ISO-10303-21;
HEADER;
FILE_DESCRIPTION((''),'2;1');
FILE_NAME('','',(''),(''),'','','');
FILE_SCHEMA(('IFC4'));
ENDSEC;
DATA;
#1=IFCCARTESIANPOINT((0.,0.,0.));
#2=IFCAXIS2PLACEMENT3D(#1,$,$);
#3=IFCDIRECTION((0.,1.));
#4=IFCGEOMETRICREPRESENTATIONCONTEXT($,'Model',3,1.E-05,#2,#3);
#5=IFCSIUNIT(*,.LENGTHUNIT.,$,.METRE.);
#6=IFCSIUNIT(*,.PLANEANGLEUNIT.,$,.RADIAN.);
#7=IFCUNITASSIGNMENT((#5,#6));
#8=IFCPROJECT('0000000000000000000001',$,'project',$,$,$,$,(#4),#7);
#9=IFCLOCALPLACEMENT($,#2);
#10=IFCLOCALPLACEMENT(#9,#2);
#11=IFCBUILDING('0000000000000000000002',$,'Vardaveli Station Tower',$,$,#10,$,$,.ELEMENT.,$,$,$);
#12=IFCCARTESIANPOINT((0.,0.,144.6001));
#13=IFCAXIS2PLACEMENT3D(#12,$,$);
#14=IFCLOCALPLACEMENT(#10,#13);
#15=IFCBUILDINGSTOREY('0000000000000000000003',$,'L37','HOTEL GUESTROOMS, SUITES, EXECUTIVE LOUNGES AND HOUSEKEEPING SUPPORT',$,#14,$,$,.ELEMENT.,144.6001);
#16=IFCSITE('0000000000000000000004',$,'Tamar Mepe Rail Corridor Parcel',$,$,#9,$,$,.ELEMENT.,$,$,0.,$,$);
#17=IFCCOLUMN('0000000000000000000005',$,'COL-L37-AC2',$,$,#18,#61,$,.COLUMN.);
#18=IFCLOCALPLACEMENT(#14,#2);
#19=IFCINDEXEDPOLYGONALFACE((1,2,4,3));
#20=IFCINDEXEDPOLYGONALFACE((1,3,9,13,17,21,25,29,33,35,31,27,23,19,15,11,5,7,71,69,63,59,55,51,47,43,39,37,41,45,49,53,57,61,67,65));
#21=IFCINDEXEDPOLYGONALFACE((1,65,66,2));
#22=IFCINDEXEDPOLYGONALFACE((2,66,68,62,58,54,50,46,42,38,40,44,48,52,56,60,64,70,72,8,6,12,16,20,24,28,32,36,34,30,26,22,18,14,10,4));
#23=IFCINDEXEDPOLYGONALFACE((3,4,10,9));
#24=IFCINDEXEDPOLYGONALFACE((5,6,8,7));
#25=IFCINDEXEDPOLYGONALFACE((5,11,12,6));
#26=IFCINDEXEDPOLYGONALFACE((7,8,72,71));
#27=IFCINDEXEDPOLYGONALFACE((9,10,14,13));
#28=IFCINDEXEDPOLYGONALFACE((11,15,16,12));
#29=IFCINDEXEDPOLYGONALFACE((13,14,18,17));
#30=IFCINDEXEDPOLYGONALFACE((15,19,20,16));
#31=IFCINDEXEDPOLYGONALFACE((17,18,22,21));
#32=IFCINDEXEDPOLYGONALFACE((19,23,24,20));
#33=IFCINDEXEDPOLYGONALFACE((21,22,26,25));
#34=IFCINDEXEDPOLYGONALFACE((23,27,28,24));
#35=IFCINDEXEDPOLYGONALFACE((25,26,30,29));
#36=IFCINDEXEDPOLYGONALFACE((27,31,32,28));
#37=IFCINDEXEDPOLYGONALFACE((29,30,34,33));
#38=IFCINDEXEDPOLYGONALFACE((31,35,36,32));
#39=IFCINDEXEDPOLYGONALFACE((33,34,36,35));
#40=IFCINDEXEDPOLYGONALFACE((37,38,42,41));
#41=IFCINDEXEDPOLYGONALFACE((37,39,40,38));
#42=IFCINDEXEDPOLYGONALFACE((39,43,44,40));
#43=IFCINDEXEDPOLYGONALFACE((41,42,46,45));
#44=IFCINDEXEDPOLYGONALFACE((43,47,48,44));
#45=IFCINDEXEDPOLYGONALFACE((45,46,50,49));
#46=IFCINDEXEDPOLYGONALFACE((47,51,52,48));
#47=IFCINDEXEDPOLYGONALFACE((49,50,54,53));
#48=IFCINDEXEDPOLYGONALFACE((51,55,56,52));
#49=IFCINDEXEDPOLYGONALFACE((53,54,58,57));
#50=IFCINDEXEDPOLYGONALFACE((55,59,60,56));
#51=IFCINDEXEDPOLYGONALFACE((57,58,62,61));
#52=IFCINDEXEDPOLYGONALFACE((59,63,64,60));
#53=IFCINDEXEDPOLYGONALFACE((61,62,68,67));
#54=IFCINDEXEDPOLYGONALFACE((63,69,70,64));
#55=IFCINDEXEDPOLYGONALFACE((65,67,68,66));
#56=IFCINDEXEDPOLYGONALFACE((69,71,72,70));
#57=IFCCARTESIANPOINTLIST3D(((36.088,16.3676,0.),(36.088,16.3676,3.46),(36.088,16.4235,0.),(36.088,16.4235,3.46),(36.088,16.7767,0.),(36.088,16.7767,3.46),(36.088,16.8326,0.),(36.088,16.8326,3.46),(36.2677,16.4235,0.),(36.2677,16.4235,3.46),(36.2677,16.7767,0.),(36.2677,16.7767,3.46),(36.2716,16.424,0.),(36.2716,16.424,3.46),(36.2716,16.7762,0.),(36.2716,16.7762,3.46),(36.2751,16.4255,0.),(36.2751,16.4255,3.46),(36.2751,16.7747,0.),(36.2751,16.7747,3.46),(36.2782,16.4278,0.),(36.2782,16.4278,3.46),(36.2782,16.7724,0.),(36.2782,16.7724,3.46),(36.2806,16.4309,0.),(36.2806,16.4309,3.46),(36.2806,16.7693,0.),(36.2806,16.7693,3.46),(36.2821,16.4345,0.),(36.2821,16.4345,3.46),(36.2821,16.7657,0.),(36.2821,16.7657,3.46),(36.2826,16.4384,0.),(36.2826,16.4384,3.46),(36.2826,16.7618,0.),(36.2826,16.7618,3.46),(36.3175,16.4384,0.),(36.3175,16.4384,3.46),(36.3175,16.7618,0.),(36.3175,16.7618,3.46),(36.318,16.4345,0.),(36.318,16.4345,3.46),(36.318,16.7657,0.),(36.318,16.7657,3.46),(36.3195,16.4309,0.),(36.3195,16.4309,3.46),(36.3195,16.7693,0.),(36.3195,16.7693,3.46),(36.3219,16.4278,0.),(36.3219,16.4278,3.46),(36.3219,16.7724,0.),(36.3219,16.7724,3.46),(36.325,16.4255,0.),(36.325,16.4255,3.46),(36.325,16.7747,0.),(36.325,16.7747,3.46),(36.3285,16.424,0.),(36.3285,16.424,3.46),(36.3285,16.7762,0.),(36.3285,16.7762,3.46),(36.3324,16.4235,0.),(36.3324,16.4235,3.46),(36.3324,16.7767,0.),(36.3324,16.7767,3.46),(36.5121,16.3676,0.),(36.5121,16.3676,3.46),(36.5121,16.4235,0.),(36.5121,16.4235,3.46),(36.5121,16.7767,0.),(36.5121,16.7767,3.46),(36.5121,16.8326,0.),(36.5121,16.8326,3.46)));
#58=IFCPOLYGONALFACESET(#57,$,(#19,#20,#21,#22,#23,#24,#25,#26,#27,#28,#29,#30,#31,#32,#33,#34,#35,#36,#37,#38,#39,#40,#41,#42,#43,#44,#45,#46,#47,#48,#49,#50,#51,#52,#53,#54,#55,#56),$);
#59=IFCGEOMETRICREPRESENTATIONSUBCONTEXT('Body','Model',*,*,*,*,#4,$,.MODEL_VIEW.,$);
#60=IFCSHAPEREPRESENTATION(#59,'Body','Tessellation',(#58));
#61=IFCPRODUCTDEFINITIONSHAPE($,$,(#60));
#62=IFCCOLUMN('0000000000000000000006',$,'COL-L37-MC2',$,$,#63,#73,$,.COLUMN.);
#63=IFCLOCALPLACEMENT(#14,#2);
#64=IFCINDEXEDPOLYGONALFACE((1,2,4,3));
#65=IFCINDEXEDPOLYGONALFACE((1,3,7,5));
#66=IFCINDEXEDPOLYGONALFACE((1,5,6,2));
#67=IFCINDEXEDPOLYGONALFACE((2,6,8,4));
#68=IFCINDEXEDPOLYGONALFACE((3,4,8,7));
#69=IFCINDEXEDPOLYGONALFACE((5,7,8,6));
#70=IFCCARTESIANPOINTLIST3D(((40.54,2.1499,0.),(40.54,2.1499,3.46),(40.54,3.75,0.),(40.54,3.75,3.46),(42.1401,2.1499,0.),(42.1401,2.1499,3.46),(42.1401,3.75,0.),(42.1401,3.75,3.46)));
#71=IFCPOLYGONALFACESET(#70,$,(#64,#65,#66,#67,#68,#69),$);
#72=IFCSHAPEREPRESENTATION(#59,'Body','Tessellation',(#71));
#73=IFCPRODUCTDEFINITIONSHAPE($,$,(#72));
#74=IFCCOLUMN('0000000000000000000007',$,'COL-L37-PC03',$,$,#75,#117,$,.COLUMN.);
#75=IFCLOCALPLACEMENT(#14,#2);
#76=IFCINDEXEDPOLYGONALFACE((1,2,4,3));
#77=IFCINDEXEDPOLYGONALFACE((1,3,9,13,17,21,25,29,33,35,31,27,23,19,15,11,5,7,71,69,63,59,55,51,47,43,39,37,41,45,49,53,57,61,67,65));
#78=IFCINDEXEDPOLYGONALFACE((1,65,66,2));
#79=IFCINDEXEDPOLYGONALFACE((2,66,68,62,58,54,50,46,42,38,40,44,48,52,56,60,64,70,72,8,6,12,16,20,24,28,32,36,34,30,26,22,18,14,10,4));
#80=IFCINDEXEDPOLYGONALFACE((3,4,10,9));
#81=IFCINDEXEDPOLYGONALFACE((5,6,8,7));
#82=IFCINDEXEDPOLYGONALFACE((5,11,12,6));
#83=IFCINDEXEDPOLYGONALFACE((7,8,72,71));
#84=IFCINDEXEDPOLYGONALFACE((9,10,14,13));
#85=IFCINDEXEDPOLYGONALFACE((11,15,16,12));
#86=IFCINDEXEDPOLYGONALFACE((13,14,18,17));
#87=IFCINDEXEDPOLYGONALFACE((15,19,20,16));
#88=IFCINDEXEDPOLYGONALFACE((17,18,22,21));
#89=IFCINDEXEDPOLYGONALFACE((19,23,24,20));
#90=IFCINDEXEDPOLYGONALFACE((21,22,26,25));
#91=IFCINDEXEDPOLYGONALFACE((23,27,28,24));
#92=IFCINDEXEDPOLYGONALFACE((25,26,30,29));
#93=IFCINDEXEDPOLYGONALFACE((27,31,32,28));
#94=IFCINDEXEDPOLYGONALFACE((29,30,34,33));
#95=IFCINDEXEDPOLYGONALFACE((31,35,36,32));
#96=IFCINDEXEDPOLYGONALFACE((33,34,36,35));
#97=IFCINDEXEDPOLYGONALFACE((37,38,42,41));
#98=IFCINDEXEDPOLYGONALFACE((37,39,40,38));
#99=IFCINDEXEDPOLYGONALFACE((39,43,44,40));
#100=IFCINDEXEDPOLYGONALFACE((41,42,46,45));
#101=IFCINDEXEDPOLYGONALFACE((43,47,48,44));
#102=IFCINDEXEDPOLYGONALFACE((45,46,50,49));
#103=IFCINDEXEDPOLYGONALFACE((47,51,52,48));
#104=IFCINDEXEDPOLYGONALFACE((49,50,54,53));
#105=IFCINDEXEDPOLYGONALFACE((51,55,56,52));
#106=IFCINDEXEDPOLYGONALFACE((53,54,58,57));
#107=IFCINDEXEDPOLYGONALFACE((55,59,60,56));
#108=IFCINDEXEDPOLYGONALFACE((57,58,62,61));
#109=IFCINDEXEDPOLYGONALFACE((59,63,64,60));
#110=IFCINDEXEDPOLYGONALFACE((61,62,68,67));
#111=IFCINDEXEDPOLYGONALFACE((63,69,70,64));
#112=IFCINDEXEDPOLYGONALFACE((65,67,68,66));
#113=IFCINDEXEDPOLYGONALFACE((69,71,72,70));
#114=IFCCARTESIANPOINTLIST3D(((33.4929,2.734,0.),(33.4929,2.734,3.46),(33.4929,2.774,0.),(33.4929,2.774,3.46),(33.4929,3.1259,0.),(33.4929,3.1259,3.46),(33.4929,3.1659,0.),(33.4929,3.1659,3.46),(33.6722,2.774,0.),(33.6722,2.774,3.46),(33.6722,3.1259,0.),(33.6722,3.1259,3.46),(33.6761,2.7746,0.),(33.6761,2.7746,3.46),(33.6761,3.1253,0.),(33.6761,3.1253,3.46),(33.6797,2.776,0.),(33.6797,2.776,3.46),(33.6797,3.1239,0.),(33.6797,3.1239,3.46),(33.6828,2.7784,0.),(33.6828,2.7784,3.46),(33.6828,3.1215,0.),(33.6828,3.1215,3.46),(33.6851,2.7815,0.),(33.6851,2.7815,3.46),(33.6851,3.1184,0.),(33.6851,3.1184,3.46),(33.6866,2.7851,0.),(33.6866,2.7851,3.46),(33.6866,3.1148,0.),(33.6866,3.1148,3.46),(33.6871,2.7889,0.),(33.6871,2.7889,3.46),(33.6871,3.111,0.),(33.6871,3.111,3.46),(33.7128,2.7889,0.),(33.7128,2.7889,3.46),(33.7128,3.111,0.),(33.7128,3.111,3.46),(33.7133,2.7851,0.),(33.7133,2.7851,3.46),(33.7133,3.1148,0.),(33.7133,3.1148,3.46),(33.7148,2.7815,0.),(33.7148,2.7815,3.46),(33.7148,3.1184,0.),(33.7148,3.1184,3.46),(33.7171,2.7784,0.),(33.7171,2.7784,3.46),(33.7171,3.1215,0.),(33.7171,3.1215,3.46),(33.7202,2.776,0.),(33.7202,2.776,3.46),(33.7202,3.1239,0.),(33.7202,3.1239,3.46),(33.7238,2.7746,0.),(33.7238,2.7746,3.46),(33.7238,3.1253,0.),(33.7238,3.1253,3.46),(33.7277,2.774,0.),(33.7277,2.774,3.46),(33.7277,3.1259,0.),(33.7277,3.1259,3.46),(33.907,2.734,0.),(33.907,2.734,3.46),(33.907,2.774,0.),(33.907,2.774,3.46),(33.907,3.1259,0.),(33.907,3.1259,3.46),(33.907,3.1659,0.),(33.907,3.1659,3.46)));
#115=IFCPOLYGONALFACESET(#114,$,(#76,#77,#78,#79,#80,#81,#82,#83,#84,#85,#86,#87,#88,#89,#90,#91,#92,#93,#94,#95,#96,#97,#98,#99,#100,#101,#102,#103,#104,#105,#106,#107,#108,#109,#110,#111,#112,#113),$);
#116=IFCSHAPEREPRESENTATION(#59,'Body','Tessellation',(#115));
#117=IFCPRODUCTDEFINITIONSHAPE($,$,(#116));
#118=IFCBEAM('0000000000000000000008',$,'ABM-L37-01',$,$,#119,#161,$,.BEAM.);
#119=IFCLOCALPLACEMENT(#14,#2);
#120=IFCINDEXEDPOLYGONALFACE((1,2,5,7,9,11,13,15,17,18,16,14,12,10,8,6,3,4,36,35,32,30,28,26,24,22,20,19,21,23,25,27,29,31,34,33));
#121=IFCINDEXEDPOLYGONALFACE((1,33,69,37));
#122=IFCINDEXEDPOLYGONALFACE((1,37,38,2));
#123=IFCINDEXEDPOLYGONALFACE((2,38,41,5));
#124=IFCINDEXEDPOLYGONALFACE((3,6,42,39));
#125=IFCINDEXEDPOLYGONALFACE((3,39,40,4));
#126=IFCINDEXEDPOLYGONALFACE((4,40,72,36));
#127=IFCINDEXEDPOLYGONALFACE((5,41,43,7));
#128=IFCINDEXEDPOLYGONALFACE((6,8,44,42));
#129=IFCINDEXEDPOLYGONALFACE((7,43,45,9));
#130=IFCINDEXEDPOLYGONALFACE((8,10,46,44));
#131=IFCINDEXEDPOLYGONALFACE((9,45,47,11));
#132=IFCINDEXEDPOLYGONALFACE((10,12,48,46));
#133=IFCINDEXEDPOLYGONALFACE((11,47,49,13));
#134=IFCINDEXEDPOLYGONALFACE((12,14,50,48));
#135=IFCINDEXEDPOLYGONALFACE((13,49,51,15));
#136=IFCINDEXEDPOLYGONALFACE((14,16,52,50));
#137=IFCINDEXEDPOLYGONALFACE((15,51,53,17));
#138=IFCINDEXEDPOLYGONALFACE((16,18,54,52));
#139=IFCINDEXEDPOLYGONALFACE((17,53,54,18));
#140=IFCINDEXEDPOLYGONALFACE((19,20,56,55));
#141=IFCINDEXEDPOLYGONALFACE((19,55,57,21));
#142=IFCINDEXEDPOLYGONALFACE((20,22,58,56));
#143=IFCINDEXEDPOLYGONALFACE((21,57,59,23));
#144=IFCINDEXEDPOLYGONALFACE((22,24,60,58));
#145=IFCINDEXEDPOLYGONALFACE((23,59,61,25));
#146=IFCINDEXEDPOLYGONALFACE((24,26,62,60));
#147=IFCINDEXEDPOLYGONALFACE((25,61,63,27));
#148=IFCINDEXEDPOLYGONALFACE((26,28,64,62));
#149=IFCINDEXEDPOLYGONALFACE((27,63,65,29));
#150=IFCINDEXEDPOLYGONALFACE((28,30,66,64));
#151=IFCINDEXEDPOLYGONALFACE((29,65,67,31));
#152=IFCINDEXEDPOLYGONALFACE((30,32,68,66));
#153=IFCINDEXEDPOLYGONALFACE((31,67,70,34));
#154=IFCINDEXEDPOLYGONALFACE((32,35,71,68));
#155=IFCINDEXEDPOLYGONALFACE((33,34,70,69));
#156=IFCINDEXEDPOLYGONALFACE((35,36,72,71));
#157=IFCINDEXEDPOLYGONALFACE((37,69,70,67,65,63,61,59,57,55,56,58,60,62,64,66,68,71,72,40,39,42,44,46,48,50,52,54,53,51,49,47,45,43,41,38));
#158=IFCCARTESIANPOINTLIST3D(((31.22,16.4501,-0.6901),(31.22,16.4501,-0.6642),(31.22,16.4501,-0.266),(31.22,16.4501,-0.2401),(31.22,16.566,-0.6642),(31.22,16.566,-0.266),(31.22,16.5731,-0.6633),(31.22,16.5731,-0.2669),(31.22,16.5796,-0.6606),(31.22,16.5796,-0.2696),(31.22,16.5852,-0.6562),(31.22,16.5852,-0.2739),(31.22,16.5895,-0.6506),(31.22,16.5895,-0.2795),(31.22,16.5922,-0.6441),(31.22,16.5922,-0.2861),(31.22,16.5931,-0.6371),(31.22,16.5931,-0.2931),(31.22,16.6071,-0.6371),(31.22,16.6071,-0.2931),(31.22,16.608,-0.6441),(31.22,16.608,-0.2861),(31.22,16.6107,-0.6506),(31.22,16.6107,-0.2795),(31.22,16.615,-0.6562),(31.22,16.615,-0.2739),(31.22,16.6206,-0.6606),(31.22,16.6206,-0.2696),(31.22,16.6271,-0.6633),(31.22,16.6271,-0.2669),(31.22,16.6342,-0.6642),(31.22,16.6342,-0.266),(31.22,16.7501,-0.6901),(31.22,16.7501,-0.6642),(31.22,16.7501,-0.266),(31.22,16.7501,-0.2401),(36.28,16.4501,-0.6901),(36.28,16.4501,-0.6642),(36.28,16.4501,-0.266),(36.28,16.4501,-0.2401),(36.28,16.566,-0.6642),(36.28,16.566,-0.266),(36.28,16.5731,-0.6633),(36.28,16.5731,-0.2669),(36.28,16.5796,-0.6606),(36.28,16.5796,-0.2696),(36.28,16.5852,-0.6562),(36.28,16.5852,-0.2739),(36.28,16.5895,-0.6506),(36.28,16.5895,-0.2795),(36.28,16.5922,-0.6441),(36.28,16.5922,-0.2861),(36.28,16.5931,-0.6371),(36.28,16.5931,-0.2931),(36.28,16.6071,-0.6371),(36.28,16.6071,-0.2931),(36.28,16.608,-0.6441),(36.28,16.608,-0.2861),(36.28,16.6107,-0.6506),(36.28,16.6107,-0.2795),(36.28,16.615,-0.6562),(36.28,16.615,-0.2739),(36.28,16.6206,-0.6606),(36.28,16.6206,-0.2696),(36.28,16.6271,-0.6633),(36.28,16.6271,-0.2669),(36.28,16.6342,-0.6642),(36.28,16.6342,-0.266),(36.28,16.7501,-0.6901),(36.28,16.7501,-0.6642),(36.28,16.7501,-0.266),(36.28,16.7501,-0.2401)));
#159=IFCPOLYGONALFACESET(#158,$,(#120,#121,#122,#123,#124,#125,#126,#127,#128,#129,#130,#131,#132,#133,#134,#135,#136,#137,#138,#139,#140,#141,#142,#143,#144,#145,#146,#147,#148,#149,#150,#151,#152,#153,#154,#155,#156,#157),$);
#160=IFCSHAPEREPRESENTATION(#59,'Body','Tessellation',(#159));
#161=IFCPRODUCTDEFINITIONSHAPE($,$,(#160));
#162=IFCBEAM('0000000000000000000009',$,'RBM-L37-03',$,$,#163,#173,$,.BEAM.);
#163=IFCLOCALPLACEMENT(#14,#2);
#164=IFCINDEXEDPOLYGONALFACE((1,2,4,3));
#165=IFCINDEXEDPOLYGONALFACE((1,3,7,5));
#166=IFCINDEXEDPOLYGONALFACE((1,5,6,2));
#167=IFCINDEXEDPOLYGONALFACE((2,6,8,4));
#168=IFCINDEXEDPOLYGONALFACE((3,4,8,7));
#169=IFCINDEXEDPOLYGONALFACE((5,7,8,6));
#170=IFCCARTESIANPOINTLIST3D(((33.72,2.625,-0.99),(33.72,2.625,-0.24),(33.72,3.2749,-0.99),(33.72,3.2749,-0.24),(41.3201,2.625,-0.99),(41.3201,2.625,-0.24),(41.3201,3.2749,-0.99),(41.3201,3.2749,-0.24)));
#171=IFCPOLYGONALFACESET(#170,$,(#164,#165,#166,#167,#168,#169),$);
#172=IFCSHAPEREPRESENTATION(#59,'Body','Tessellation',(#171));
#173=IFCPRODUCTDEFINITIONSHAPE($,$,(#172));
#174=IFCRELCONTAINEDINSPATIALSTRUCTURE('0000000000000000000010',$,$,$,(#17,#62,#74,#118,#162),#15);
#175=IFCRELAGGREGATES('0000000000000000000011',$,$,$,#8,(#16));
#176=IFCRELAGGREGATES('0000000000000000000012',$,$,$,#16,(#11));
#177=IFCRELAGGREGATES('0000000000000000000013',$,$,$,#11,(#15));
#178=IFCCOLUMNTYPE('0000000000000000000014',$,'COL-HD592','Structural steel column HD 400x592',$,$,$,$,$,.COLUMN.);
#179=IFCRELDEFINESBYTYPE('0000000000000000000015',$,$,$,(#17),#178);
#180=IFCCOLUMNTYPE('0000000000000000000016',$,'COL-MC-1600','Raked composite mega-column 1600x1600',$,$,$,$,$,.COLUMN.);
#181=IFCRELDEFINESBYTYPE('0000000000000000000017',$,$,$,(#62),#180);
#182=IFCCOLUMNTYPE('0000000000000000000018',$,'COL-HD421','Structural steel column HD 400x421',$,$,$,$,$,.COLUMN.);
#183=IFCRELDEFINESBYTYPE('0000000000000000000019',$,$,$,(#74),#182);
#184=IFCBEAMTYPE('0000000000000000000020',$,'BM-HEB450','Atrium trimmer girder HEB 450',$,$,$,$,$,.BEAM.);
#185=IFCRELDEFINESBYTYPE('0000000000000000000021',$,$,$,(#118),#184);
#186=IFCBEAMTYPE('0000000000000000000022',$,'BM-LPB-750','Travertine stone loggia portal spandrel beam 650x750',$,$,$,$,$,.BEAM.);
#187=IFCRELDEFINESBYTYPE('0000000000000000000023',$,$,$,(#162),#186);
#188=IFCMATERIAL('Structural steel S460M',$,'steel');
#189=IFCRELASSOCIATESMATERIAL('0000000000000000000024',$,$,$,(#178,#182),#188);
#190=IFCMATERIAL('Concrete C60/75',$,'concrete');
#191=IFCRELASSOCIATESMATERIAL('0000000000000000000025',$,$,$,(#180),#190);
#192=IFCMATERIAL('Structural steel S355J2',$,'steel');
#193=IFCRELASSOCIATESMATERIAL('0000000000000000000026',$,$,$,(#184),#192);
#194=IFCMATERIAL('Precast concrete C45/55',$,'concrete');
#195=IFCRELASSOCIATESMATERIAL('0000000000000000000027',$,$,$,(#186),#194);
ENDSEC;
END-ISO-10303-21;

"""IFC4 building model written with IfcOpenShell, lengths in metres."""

from ifc_helpers import new_model, si_unit, direction, frame, origin, origin_2d, place, context, subcontext, project, spatial, rectangle, i_section, extrude, source, transform, mapped, material, material_profile, profile_set, type_object, element, save


model = new_model("IFC4")

# Units and contexts
model_context = context("Model", 3, precision=1e-05, world=origin(), true_north=direction((0.0, 1.0)))
body_context = subcontext(model_context, "Body", "Model", "MODEL_VIEW")
ifc_project = project(units=[si_unit("LENGTHUNIT", "METRE"), si_unit("PLANEANGLEUNIT", "RADIAN")], contexts=[model_context])

# Site, building, storey
site_placement = place(None, origin())
site = spatial("IfcSite", under=ifc_project, at=site_placement, Name="Tamar Mepe Rail Corridor Parcel", CompositionType="ELEMENT", RefElevation=0.0)
building_placement = place(site_placement, origin())
building = spatial("IfcBuilding", under=site, at=building_placement, Name="Vardaveli Station Tower", CompositionType="ELEMENT")
storey_placement = place(building_placement, frame((0.0, 0.0, 144.6001)))
storey = spatial("IfcBuildingStorey", under=building, at=storey_placement, Name="L37", Description="HOTEL GUESTROOMS, SUITES, EXECUTIVE LOUNGES AND HOUSEKEEPING SUPPORT", CompositionType="ELEMENT", Elevation=144.6001)

# Columns
ifc_material_1 = material(Name="Structural steel S460M", Category="steel")
ifc_material_profile_1 = material_profile(ifc_material_1, i_section(OverallWidth=0.4241, OverallDepth=0.4651, WebThickness=0.0349, FlangeThickness=0.0559, FilletRadius=0.0149, at=origin_2d()), Name="HD 400x592")
ifc_profile_set_1 = profile_set([ifc_material_profile_1], Name="Structural steel S460M")
column_type_1 = type_object("IfcColumnType", Name="COL-HD592", Description="Structural steel column HD 400x592", PredefinedType="COLUMN", material=ifc_profile_set_1)
shared_shape_1 = source(origin(), body_context, "Body", "SweptSolid", [
    extrude(i_section(OverallWidth=0.4241, OverallDepth=0.4651, WebThickness=0.0349, FlangeThickness=0.0559, FilletRadius=0.0149, at=origin_2d()), origin(), (0.0, 0.0, 1.0), 3.46),
])
column_1_placement = place(storey_placement, frame((36.3, 16.6001, 0.0), z_axis=(0.0, 0.0, 1.0), x_axis=(1.0, 0.0, 0.0)))
element("IfcColumn", 1, at=column_1_placement, inside=storey, type_object=column_type_1, Name="COL-L37-AC2", PredefinedType="COLUMN", context=body_context, shape_type="MappedRepresentation", body=[
    mapped(shared_shape_1, transform((0.0, 0.0, 0.0), scale=1.0)),
])
ifc_material_2 = material(Name="Concrete C60/75", Category="concrete")
ifc_material_profile_2 = material_profile(ifc_material_2, rectangle(XDim=1.6001, YDim=1.6001, at=origin_2d()), Name="MC 1600x1600")
ifc_profile_set_2 = profile_set([ifc_material_profile_2], Name="Concrete C60/75")
column_type_2 = type_object("IfcColumnType", Name="COL-MC-1600", Description="Raked composite mega-column 1600x1600", PredefinedType="COLUMN", material=ifc_profile_set_2)
shared_shape_2 = source(origin(), body_context, "Body", "SweptSolid", [
    extrude(rectangle(XDim=1.6001, YDim=1.6001, at=origin_2d()), origin(), (0.0, 0.0, 1.0), 3.46),
])
column_2_placement = place(storey_placement, frame((41.3401, 2.95, 0.0), z_axis=(0.0, 0.0, 1.0), x_axis=(1.0, 0.0, 0.0)))
element("IfcColumn", 2, at=column_2_placement, inside=storey, type_object=column_type_2, Name="COL-L37-MC2", PredefinedType="COLUMN", context=body_context, shape_type="MappedRepresentation", body=[
    mapped(shared_shape_2, transform((0.0, 0.0, 0.0), scale=1.0)),
])
ifc_material_profile_3 = material_profile(ifc_material_1, i_section(OverallWidth=0.4141, OverallDepth=0.4319, WebThickness=0.0256, FlangeThickness=0.04, FilletRadius=0.0149, at=origin_2d()), Name="HD 400x421")
ifc_profile_set_3 = profile_set([ifc_material_profile_3], Name="Structural steel S460M")
column_type_3 = type_object("IfcColumnType", Name="COL-HD421", Description="Structural steel column HD 400x421", PredefinedType="COLUMN", material=ifc_profile_set_3)
shared_shape_3 = source(origin(), body_context, "Body", "SweptSolid", [
    extrude(i_section(OverallWidth=0.4141, OverallDepth=0.4319, WebThickness=0.0256, FlangeThickness=0.04, FilletRadius=0.0149, at=origin_2d()), origin(), (0.0, 0.0, 1.0), 3.46),
])
column_3_placement = place(storey_placement, frame((33.7, 2.95, 0.0), z_axis=(0.0, 0.0, 1.0), x_axis=(1.0, 0.0, 0.0)))
element("IfcColumn", 3, at=column_3_placement, inside=storey, type_object=column_type_3, Name="COL-L37-PC03", PredefinedType="COLUMN", context=body_context, shape_type="MappedRepresentation", body=[
    mapped(shared_shape_3, transform((0.0, 0.0, 0.0), scale=1.0)),
])

# Beams
ifc_material_3 = material(Name="Structural steel S355J2", Category="steel")
ifc_material_profile_4 = material_profile(ifc_material_3, i_section(OverallWidth=0.3, OverallDepth=0.45, WebThickness=0.0139, FlangeThickness=0.0259, FilletRadius=0.0271, at=origin_2d()), Name="HEB 450")
ifc_profile_set_4 = profile_set([ifc_material_profile_4], Name="Structural steel S355J2")
beam_type_1 = type_object("IfcBeamType", Name="BM-HEB450", Description="Atrium trimmer girder HEB 450", PredefinedType="BEAM", material=ifc_profile_set_4)
shared_shape_4 = source(origin(), body_context, "Body", "SweptSolid", [
    extrude(i_section(OverallWidth=0.3, OverallDepth=0.45, WebThickness=0.0139, FlangeThickness=0.0259, FilletRadius=0.0271, at=origin_2d()), origin(), (0.0, 0.0, 1.0), 5.0601),
])
beam_1_placement = place(storey_placement, frame((31.22, 16.6001, -0.4651), z_axis=(1.0, 0.0, 0.0), x_axis=(0.0, 1.0, 0.0)))
element("IfcBeam", 4, at=beam_1_placement, inside=storey, type_object=beam_type_1, Name="ABM-L37-01", PredefinedType="BEAM", context=body_context, shape_type="MappedRepresentation", body=[
    mapped(shared_shape_4, transform((0.0, 0.0, 0.0), scale=1.0)),
])
ifc_material_4 = material(Name="Precast concrete C45/55", Category="concrete")
ifc_material_profile_5 = material_profile(ifc_material_4, rectangle(XDim=0.6499, YDim=0.75, at=origin_2d()), Name="LPB 650x750")
ifc_profile_set_5 = profile_set([ifc_material_profile_5], Name="Precast concrete C45/55")
beam_type_2 = type_object("IfcBeamType", Name="BM-LPB-750", Description="Travertine stone loggia portal spandrel beam 650x750", PredefinedType="BEAM", material=ifc_profile_set_5)
shared_shape_5 = source(origin(), body_context, "Body", "SweptSolid", [
    extrude(rectangle(XDim=0.6499, YDim=0.75, at=origin_2d()), origin(), (0.0, 0.0, 1.0), 7.6001),
])
beam_2_placement = place(storey_placement, frame((33.72, 2.95, -0.615), z_axis=(1.0, 0.0, 0.0), x_axis=(0.0, 1.0, 0.0)))
element("IfcBeam", 5, at=beam_2_placement, inside=storey, type_object=beam_type_2, Name="RBM-L37-03", PredefinedType="BEAM", context=body_context, shape_type="MappedRepresentation", body=[
    mapped(shared_shape_5, transform((0.0, 0.0, 0.0), scale=1.0)),
])

save(model, "model.ifc")
